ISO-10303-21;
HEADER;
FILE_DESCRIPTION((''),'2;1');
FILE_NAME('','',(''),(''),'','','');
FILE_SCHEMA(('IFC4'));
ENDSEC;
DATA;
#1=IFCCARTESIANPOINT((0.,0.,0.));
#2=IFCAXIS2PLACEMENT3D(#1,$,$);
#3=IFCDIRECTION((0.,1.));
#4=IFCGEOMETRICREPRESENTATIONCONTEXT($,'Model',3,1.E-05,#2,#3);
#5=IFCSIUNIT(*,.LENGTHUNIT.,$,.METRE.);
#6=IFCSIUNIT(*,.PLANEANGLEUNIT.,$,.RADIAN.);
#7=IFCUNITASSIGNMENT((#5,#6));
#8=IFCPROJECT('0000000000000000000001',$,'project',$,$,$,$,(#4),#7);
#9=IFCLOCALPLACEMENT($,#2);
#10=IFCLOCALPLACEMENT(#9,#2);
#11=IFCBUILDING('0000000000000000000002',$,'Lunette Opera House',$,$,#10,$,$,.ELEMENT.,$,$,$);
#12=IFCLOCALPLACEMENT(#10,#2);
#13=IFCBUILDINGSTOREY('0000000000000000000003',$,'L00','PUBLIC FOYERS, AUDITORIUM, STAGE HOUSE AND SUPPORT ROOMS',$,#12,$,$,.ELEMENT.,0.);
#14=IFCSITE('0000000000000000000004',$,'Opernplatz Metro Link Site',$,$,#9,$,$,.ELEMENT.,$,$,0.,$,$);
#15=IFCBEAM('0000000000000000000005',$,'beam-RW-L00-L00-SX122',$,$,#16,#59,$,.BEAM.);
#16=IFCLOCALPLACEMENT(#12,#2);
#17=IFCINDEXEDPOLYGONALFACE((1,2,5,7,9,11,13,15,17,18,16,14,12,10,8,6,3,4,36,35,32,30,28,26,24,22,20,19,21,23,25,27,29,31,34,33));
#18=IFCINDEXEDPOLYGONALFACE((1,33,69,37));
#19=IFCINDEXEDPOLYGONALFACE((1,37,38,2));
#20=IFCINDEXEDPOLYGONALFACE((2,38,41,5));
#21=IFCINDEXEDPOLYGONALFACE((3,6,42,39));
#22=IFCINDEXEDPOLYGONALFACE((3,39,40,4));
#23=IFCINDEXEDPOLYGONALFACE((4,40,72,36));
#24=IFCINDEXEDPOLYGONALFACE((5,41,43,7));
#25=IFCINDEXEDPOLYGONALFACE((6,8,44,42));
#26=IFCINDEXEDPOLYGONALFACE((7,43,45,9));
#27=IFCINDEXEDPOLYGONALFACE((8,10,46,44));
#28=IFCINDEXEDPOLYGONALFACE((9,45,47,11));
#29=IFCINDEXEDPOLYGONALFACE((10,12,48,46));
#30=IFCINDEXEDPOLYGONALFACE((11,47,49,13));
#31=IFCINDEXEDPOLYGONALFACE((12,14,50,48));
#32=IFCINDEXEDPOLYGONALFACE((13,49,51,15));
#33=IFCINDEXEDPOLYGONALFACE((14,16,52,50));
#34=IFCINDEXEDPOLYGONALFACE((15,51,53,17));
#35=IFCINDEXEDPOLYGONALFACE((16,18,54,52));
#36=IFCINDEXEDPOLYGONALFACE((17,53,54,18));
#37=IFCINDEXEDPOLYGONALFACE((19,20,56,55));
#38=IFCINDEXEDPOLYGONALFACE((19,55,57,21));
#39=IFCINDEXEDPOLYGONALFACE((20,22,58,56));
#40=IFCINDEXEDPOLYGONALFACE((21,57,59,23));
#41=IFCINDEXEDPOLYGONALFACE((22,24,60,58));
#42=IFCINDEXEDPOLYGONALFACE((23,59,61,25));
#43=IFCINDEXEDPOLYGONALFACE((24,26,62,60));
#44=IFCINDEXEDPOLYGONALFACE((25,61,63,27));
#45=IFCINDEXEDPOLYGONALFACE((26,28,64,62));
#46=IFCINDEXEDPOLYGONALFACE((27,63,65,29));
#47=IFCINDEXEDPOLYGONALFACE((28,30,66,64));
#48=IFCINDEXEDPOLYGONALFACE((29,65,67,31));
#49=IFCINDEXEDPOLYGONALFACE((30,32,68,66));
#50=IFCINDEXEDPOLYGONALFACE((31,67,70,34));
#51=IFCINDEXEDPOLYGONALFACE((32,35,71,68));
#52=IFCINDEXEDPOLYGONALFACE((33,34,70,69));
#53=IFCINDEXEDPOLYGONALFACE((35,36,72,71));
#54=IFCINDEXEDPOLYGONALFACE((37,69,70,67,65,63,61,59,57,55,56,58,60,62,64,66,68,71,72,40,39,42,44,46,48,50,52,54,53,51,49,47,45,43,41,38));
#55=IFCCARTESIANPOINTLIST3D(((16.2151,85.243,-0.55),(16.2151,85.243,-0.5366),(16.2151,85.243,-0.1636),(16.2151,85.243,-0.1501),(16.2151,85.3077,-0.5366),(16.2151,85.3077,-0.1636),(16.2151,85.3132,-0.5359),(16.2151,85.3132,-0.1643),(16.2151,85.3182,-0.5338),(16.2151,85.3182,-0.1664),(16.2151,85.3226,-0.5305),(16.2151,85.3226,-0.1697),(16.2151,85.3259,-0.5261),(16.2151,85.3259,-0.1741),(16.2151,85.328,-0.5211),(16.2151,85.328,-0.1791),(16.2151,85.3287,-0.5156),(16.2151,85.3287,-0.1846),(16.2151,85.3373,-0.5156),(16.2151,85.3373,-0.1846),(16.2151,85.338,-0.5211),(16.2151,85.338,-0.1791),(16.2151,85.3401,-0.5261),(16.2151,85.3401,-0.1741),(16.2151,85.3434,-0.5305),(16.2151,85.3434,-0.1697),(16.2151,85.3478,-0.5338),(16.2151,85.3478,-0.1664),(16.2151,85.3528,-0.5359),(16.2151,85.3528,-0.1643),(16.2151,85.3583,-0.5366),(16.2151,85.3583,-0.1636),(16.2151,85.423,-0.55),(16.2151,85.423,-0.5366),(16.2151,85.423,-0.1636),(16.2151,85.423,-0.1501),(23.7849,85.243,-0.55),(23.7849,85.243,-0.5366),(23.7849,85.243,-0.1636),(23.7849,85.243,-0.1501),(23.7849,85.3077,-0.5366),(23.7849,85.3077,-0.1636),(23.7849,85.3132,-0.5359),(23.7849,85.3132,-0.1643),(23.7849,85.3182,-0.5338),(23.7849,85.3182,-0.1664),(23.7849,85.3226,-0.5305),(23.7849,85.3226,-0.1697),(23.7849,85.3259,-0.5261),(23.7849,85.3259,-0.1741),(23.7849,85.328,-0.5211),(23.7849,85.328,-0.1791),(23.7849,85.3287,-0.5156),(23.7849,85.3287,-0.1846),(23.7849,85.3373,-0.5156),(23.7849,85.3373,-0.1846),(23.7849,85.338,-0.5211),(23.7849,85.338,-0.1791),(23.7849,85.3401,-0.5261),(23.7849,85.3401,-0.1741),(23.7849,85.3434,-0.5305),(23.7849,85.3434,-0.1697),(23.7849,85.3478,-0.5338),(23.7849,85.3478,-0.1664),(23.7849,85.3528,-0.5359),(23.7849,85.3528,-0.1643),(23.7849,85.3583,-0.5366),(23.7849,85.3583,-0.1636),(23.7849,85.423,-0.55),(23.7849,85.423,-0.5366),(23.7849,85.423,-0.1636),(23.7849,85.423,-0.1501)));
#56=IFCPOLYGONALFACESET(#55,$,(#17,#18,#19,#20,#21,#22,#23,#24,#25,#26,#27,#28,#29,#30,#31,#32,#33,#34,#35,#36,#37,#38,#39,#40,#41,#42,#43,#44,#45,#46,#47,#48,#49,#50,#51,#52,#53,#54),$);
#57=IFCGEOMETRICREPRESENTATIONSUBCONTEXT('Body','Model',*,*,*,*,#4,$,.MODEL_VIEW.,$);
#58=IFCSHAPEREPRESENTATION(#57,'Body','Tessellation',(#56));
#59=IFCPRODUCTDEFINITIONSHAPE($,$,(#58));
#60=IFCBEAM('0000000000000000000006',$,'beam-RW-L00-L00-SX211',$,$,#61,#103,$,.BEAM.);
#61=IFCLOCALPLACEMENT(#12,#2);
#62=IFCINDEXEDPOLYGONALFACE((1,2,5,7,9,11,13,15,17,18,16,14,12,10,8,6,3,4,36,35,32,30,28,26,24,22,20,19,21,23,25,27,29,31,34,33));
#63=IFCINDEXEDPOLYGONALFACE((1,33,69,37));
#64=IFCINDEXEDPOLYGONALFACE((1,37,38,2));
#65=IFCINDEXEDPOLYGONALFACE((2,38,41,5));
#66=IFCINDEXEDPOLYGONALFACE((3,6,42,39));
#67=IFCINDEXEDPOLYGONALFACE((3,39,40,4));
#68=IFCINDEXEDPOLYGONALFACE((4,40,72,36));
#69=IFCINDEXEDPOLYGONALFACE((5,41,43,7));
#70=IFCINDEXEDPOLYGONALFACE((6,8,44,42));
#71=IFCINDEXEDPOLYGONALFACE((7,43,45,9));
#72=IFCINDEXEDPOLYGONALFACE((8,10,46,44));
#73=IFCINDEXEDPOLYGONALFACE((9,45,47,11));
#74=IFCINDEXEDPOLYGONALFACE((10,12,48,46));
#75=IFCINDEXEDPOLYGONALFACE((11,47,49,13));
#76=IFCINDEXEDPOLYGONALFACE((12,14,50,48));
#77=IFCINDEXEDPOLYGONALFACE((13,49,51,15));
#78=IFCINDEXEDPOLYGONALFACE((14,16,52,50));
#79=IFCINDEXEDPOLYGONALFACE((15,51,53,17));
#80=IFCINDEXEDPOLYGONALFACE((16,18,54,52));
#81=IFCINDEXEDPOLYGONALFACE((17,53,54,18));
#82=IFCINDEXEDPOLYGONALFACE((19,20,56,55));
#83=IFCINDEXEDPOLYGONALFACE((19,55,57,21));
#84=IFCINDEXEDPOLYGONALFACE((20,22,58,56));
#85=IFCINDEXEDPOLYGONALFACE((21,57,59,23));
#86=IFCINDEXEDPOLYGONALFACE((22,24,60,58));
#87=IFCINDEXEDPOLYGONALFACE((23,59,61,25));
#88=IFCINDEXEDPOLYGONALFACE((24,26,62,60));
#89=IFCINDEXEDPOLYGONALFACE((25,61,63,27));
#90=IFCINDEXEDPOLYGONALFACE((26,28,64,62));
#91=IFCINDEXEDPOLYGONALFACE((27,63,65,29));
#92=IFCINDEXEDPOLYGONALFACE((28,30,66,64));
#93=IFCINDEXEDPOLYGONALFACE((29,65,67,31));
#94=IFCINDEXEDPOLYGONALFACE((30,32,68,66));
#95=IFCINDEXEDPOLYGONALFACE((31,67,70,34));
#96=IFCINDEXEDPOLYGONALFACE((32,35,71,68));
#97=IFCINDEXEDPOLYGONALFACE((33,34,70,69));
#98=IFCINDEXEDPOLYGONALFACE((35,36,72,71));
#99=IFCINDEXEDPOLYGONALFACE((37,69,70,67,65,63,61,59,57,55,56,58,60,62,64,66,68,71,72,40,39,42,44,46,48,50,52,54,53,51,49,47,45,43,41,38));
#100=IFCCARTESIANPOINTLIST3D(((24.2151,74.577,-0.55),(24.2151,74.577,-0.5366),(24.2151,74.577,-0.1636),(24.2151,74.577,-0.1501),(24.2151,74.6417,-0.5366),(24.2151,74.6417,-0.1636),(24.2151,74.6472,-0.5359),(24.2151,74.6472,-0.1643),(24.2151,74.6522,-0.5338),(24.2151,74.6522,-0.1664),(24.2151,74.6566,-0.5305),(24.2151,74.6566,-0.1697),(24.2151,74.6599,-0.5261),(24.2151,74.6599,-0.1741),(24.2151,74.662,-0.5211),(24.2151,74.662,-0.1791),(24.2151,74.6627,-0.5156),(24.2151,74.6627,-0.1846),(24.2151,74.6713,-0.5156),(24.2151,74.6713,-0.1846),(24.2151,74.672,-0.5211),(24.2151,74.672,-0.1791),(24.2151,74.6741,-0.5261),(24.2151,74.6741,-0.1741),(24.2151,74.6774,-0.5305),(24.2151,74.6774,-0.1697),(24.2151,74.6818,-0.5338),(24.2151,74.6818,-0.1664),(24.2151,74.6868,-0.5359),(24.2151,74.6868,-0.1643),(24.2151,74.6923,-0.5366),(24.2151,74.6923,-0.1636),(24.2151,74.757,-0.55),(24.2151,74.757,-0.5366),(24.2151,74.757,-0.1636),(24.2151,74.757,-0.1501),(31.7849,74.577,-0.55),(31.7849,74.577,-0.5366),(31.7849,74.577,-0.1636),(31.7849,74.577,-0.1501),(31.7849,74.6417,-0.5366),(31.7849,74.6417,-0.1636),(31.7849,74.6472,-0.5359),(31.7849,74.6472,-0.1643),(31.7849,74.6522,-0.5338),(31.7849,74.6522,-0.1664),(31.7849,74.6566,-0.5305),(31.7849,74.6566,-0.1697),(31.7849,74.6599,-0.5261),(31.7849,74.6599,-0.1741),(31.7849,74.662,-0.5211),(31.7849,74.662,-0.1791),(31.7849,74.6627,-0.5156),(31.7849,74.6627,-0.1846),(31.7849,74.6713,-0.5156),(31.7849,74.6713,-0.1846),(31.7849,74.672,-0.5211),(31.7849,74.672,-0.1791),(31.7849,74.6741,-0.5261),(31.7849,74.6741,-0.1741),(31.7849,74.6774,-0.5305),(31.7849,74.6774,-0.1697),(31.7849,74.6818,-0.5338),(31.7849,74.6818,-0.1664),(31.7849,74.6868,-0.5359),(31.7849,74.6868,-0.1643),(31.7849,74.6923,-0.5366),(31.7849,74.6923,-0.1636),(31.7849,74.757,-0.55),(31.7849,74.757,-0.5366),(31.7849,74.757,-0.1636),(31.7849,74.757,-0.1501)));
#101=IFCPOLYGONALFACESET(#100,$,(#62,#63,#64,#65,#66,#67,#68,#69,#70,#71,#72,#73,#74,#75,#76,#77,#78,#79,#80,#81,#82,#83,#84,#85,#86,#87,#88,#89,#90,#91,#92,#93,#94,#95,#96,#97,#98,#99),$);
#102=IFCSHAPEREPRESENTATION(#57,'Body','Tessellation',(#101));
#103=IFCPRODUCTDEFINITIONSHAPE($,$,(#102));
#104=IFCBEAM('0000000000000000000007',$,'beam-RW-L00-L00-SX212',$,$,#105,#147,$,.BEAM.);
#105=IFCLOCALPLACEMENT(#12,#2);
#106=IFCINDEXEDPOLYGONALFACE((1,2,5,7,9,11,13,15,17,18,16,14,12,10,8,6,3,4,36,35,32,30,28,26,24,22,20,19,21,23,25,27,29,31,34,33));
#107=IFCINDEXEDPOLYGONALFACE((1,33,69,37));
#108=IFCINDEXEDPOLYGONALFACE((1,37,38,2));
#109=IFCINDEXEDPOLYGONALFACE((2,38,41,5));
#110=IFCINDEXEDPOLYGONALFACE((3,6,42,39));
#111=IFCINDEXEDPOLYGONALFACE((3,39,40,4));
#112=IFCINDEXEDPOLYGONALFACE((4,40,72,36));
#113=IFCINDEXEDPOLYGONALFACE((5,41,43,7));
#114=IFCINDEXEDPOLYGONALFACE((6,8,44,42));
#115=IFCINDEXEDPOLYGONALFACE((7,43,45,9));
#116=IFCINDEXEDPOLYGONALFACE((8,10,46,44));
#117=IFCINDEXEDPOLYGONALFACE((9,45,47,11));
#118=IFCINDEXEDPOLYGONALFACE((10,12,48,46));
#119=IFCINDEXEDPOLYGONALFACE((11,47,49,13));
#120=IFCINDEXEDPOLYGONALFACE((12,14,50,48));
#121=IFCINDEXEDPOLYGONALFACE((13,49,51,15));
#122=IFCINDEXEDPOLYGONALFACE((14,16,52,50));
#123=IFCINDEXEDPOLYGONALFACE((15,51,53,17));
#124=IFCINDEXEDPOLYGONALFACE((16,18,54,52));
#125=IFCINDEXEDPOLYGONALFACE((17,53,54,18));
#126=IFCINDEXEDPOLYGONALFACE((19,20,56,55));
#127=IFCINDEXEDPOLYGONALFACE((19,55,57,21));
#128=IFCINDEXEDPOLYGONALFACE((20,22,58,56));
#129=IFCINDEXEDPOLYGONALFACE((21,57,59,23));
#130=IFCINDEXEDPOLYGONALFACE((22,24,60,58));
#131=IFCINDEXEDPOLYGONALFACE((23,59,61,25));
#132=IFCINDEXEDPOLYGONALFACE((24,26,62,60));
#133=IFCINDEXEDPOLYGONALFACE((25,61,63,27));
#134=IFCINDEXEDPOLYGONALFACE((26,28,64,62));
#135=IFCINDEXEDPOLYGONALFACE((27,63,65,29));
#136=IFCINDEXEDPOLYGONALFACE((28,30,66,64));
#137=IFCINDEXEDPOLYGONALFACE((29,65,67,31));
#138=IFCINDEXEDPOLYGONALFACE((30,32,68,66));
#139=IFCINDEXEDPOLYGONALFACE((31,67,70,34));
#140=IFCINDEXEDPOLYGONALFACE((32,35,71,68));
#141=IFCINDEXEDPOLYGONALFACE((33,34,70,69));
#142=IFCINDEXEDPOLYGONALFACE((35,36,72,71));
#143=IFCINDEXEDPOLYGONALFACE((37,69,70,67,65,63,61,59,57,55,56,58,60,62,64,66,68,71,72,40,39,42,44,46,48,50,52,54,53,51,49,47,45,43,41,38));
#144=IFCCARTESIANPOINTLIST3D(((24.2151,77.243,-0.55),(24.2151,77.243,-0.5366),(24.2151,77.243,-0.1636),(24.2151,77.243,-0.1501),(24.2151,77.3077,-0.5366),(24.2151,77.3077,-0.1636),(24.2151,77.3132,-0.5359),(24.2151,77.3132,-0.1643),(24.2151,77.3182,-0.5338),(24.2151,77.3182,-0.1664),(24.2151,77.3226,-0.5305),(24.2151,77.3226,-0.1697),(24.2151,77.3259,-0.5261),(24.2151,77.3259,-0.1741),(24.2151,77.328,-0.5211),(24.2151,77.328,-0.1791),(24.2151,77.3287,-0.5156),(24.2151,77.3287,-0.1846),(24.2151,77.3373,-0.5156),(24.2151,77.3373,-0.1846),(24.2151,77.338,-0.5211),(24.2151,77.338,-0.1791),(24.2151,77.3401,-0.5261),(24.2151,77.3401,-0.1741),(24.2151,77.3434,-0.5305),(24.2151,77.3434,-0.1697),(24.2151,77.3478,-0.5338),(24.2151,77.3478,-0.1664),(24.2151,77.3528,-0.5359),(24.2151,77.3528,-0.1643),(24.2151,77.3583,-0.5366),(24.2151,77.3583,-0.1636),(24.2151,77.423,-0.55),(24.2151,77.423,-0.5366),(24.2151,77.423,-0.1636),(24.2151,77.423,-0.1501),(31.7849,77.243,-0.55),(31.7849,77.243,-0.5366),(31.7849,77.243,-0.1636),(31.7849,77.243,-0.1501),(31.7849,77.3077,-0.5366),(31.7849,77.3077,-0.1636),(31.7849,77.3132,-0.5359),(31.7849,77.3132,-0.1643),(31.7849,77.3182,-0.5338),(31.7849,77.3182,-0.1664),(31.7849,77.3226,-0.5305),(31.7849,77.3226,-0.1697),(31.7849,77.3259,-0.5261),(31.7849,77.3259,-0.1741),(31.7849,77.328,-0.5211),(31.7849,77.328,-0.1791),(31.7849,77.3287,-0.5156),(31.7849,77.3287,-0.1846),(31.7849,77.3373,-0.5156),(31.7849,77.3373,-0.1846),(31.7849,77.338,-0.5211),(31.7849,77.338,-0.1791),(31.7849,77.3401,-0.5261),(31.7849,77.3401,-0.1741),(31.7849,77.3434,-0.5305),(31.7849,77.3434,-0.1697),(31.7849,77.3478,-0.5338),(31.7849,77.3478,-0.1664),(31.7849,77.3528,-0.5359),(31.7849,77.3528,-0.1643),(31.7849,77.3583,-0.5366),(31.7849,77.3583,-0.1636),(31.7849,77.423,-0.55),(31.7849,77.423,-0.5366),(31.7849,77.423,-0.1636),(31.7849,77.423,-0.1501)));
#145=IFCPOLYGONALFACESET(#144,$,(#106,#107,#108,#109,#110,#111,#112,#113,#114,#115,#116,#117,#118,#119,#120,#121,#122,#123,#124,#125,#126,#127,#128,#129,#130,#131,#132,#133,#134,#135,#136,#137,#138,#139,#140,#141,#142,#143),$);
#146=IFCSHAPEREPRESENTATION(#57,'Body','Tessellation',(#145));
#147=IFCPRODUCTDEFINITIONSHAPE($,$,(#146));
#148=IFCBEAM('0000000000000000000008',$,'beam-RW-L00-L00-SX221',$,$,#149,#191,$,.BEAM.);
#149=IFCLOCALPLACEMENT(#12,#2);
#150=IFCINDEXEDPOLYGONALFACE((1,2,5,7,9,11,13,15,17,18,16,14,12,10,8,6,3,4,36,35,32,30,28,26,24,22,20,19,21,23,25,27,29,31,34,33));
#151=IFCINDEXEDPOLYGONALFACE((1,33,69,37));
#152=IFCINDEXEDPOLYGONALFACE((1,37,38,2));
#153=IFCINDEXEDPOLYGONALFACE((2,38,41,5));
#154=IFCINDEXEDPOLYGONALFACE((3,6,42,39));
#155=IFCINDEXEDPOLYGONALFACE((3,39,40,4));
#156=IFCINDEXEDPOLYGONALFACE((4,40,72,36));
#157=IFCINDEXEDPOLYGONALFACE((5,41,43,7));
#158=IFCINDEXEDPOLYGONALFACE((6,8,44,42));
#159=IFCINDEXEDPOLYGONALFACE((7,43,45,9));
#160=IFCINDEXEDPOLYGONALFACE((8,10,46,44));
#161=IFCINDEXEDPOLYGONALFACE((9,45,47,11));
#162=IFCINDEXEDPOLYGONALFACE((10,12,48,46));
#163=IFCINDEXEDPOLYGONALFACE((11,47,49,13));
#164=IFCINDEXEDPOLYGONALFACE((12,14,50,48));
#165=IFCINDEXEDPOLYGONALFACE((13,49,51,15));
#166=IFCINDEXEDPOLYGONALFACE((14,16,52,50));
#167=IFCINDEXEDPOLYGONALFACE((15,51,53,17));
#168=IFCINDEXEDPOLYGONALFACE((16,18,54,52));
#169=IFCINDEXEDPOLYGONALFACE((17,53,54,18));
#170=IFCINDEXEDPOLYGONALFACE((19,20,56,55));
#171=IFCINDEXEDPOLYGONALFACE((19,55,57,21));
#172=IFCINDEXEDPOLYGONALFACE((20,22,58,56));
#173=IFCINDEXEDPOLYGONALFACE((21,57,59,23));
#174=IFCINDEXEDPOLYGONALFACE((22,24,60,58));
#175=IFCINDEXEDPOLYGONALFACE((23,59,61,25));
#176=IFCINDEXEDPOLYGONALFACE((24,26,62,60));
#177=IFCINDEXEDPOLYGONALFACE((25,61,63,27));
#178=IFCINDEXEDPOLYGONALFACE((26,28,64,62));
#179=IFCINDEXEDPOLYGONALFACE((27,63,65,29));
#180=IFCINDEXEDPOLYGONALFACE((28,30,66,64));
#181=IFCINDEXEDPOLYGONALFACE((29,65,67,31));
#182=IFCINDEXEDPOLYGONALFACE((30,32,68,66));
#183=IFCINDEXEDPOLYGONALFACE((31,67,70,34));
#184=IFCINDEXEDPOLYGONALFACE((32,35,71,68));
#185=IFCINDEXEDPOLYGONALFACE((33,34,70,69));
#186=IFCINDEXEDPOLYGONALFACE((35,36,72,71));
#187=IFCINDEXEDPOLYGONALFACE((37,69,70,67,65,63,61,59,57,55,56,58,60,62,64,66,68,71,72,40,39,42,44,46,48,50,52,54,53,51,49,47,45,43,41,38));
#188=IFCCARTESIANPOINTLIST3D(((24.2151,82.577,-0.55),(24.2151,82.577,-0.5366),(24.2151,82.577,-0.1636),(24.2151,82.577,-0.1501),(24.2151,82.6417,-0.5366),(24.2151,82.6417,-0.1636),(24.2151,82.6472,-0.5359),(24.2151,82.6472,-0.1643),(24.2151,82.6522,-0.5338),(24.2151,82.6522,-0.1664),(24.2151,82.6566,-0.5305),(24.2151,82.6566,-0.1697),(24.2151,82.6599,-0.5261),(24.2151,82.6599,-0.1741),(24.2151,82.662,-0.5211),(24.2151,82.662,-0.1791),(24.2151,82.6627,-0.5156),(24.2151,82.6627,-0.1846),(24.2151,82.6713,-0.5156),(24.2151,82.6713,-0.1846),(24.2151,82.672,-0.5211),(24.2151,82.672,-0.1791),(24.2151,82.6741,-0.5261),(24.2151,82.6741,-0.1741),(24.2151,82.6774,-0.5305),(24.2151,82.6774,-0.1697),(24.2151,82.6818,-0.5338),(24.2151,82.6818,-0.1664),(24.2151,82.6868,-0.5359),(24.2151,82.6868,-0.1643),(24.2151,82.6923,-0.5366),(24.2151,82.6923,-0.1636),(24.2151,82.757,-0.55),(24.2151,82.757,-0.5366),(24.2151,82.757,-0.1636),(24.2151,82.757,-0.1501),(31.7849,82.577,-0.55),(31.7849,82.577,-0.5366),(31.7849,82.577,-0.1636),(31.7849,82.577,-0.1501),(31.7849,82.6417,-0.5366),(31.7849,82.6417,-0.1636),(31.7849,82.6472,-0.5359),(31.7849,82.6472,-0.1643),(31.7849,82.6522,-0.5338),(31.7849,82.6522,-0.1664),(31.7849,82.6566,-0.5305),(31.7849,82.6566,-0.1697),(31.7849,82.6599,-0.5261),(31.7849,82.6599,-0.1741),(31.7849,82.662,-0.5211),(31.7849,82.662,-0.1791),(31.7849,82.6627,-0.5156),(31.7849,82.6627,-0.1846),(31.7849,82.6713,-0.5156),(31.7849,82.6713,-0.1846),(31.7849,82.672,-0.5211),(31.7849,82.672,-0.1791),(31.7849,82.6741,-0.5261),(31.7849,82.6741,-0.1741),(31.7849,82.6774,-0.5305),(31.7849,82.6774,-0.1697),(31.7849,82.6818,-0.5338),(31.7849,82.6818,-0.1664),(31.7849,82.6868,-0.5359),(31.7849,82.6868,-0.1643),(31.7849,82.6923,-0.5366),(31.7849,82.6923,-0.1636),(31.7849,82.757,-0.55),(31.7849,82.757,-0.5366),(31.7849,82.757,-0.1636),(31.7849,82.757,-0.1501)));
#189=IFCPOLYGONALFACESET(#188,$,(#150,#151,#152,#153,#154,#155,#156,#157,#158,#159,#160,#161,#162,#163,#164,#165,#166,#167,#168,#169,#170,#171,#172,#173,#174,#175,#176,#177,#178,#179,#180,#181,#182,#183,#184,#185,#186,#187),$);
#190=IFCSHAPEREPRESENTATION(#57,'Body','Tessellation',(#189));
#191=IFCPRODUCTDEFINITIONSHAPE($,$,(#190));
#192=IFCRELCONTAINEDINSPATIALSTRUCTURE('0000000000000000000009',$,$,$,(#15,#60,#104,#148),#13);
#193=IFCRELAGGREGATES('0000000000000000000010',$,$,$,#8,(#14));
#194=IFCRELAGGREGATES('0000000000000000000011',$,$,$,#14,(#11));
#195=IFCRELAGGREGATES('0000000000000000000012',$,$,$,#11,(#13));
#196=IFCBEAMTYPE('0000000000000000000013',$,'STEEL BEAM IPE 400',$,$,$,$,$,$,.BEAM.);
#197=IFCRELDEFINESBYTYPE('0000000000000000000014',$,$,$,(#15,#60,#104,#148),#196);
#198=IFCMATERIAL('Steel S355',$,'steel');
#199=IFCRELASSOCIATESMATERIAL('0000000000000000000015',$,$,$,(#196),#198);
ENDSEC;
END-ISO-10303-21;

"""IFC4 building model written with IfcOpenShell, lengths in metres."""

from ifc_helpers import new_model, si_unit, direction, frame, origin, origin_2d, place, context, subcontext, project, spatial, i_section, extrude, material, material_profile, profile_set, type_object, element, save


model = new_model("IFC4")

# Units and contexts
model_context = context("Model", 3, precision=1e-05, world=origin(), true_north=direction((0.0, 1.0)))
body_context = subcontext(model_context, "Body", "Model", "MODEL_VIEW")
ifc_project = project(units=[si_unit("LENGTHUNIT", "METRE"), si_unit("PLANEANGLEUNIT", "RADIAN")], contexts=[model_context])

# Site, building, storey
site_placement = place(None, origin())
site = spatial("IfcSite", under=ifc_project, at=site_placement, Name="Opernplatz Metro Link Site", CompositionType="ELEMENT", RefElevation=0.0)
building_placement = place(site_placement, origin())
building = spatial("IfcBuilding", under=site, at=building_placement, Name="Lunette Opera House", CompositionType="ELEMENT")
storey_placement = place(building_placement, origin())
storey = spatial("IfcBuildingStorey", under=building, at=storey_placement, Name="L00", Description="PUBLIC FOYERS, AUDITORIUM, STAGE HOUSE AND SUPPORT ROOMS", CompositionType="ELEMENT", Elevation=0.0)

# Beams
ifc_material_1 = material(Name="Steel S355", Category="steel")
ifc_material_profile_1 = material_profile(ifc_material_1, i_section(OverallWidth=0.1799, OverallDepth=0.3999, WebThickness=0.0085, FlangeThickness=0.0134, FilletRadius=0.021, at=origin_2d()), Name="IPE 400")
ifc_profile_set_1 = profile_set([ifc_material_profile_1], Name="Steel S355")
beam_type_1 = type_object("IfcBeamType", Name="STEEL BEAM IPE 400", PredefinedType="BEAM", material=ifc_profile_set_1)
for number, where, z_axis, x_axis, name in (
    (1, (16.2151, 85.333, -0.3501), (1.0, 0.0, 0.0), (0.0, 1.0, 0.0), "beam-RW-L00-L00-SX122"),
    (2, (24.2151, 74.667, -0.3501), (1.0, 0.0, 0.0), (0.0, 1.0, 0.0), "beam-RW-L00-L00-SX211"),
    (3, (24.2151, 77.333, -0.3501), (1.0, 0.0, 0.0), (0.0, 1.0, 0.0), "beam-RW-L00-L00-SX212"),
    (4, (24.2151, 82.667, -0.3501), (1.0, 0.0, 0.0), (0.0, 1.0, 0.0), "beam-RW-L00-L00-SX221"),
):
    element("IfcBeam", number, at=place(storey_placement, frame(where, z_axis=z_axis, x_axis=x_axis)), inside=storey, type_object=beam_type_1, Name=name, PredefinedType="BEAM", context=body_context, shape_type="SweptSolid", body=[
        extrude(i_section(OverallWidth=0.1799, OverallDepth=0.3999, WebThickness=0.0085, FlangeThickness=0.0134, FilletRadius=0.021, at=origin_2d()), origin(), (0.0, 0.0, 1.0), 7.5698),
    ])

save(model, "model.ifc")
